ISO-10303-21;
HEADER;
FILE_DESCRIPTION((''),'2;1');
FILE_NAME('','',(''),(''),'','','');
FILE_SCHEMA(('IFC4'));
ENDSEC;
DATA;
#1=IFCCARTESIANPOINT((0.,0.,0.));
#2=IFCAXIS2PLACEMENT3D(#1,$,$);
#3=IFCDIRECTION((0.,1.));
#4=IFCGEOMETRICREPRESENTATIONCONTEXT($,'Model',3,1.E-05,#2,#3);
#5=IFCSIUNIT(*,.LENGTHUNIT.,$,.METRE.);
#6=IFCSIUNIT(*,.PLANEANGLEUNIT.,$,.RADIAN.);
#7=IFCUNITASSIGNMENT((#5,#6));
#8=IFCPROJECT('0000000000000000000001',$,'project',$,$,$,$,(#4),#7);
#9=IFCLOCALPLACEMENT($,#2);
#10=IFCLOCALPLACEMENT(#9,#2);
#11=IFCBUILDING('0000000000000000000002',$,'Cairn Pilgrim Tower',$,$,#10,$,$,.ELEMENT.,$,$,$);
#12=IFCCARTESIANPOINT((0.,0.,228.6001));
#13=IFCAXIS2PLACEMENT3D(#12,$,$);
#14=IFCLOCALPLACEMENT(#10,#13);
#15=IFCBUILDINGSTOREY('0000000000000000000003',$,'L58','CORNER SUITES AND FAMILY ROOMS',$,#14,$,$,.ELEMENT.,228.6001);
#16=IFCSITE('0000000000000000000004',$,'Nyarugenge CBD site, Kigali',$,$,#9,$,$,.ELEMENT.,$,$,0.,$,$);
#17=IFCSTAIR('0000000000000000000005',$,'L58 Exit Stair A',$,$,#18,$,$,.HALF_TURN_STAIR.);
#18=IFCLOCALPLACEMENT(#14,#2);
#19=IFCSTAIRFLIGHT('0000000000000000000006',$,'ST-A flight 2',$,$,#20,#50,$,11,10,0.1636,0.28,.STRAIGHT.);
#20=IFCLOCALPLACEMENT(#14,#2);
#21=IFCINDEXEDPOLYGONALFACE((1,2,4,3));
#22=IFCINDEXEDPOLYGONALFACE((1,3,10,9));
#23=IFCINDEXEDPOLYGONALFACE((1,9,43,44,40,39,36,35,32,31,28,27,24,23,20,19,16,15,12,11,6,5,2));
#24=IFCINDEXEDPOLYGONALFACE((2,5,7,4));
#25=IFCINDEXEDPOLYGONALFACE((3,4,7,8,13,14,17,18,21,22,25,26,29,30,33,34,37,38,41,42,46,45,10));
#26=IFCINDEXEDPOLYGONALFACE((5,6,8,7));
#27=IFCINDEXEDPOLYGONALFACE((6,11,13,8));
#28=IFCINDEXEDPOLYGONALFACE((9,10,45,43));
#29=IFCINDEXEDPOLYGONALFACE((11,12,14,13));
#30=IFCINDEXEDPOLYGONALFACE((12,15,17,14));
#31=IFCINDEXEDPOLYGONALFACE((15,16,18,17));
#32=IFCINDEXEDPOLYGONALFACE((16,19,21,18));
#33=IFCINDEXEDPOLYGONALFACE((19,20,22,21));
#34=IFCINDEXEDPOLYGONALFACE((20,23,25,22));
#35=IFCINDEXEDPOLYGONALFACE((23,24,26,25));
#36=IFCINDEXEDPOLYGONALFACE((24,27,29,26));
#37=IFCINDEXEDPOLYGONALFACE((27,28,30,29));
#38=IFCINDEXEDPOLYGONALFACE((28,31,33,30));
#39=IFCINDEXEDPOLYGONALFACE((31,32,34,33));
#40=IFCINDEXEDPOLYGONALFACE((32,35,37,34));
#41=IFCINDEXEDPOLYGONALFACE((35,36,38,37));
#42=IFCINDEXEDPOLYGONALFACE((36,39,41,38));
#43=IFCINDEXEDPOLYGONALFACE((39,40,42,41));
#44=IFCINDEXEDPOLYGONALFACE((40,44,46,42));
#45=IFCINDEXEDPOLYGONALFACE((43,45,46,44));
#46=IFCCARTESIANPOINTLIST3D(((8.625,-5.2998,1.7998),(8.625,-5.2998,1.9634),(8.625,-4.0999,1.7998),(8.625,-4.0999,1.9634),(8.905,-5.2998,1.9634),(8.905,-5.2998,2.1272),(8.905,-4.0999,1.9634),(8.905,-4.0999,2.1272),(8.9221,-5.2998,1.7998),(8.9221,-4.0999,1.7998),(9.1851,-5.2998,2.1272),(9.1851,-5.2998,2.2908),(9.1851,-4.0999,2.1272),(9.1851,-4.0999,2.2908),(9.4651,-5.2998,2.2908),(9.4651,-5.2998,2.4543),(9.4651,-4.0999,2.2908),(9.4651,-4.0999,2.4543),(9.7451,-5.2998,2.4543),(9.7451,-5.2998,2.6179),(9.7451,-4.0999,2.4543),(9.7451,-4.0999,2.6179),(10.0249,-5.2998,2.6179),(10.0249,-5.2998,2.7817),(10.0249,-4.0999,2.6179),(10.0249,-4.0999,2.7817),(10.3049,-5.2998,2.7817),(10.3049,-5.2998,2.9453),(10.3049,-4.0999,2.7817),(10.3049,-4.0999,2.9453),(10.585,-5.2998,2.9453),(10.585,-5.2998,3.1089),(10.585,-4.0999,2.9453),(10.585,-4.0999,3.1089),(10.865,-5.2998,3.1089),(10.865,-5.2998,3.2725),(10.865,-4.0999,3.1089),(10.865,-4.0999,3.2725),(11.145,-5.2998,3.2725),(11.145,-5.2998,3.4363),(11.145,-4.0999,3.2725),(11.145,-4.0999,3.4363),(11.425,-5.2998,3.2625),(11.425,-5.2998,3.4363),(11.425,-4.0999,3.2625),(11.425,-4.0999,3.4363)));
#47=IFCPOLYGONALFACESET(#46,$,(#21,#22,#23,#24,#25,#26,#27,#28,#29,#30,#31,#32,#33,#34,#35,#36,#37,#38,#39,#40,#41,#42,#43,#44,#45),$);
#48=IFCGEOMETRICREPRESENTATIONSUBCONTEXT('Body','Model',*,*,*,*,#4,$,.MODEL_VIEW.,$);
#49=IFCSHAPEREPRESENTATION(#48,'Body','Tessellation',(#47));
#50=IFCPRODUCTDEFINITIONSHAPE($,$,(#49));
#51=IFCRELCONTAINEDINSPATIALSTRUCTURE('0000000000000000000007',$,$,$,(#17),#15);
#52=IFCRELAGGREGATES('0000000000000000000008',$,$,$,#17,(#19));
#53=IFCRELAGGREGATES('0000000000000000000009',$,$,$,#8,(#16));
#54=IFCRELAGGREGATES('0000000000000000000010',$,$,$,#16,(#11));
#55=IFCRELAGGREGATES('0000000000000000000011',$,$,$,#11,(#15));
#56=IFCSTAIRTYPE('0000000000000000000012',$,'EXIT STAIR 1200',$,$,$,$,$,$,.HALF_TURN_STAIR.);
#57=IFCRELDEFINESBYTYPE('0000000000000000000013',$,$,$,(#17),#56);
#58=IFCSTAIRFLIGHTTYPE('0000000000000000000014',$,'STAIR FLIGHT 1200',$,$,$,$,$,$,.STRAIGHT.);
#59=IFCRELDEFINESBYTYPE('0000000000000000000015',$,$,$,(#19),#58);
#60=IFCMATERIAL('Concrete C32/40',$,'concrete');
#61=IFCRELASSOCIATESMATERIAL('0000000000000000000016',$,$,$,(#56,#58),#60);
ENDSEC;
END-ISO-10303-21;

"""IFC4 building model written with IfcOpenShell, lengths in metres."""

from ifc_helpers import new_model, si_unit, direction, frame, origin, place, context, subcontext, project, spatial, polyline, outline, extrude, material, type_object, element, aggregate, save


model = new_model("IFC4")

# Units and contexts
model_context = context("Model", 3, precision=1e-05, world=origin(), true_north=direction((0.0, 1.0)))
body_context = subcontext(model_context, "Body", "Model", "MODEL_VIEW")
ifc_project = project(units=[si_unit("LENGTHUNIT", "METRE"), si_unit("PLANEANGLEUNIT", "RADIAN")], contexts=[model_context])

# Site, building, storey
site_placement = place(None, origin())
site = spatial("IfcSite", under=ifc_project, at=site_placement, Name="Nyarugenge CBD site, Kigali", CompositionType="ELEMENT", RefElevation=0.0)
building_placement = place(site_placement, origin())
building = spatial("IfcBuilding", under=site, at=building_placement, Name="Cairn Pilgrim Tower", CompositionType="ELEMENT")
storey_placement = place(building_placement, frame((0.0, 0.0, 228.6001)))
storey = spatial("IfcBuildingStorey", under=building, at=storey_placement, Name="L58", Description="CORNER SUITES AND FAMILY ROOMS", CompositionType="ELEMENT", Elevation=228.6001)

# Shared definitions
ifc_material_1 = material(Name="Concrete C32/40", Category="concrete")

# Stair, stair flight
stair_type = type_object("IfcStairType", Name="EXIT STAIR 1200", PredefinedType="HALF_TURN_STAIR", material=ifc_material_1)
stair_placement = place(storey_placement, origin())
stair = element("IfcStair", 1, at=stair_placement, inside=storey, type_object=stair_type, Name="L58 Exit Stair A", PredefinedType="HALF_TURN_STAIR")
stair_flight_type = type_object("IfcStairFlightType", Name="STAIR FLIGHT 1200", PredefinedType="STRAIGHT", material=ifc_material_1)
stair_flight_1_placement = place(storey_placement, frame((8.625, -4.7, 1.7998), z_axis=(0.0, 0.0, 1.0), x_axis=(1.0, 0.0, 0.0)))
stair_flight_1 = element("IfcStairFlight", 2, at=stair_flight_1_placement, type_object=stair_flight_type, Name="ST-A flight 2", NumberOfRisers=11, NumberOfTreads=10, PredefinedType="STRAIGHT", RiserHeight=0.1636, TreadLength=0.28, context=body_context, shape_type="SweptSolid", body=[
    extrude(outline(polyline([(0.0, 0.0), (0.0, 0.1636), (0.28, 0.1636), (0.28, 0.3274), (0.5601, 0.3274), (0.5601, 0.491), (0.8401, 0.491), (0.8401, 0.6545), (1.1201, 0.6545), (1.1201, 0.8181), (1.3999, 0.8181), (1.3999, 0.9819), (1.6799, 0.9819), (1.6799, 1.1455), (1.96, 1.1455), (1.96, 1.3091), (2.24, 1.3091), (2.24, 1.4727), (2.52, 1.4727), (2.52, 1.6365), (2.8, 1.6365), (2.8, 1.8), (2.8, 1.4626), (0.2971, 0.0), (0.0, 0.0)])), frame((0.0, 0.6001, 0.0), z_axis=(0.0, -1.0, 0.0), x_axis=(1.0, 0.0, 0.0)), (0.0, 0.0, 1.0), 1.2),
])
aggregate(stair, [stair_flight_1])

save(model, "model.ifc")
